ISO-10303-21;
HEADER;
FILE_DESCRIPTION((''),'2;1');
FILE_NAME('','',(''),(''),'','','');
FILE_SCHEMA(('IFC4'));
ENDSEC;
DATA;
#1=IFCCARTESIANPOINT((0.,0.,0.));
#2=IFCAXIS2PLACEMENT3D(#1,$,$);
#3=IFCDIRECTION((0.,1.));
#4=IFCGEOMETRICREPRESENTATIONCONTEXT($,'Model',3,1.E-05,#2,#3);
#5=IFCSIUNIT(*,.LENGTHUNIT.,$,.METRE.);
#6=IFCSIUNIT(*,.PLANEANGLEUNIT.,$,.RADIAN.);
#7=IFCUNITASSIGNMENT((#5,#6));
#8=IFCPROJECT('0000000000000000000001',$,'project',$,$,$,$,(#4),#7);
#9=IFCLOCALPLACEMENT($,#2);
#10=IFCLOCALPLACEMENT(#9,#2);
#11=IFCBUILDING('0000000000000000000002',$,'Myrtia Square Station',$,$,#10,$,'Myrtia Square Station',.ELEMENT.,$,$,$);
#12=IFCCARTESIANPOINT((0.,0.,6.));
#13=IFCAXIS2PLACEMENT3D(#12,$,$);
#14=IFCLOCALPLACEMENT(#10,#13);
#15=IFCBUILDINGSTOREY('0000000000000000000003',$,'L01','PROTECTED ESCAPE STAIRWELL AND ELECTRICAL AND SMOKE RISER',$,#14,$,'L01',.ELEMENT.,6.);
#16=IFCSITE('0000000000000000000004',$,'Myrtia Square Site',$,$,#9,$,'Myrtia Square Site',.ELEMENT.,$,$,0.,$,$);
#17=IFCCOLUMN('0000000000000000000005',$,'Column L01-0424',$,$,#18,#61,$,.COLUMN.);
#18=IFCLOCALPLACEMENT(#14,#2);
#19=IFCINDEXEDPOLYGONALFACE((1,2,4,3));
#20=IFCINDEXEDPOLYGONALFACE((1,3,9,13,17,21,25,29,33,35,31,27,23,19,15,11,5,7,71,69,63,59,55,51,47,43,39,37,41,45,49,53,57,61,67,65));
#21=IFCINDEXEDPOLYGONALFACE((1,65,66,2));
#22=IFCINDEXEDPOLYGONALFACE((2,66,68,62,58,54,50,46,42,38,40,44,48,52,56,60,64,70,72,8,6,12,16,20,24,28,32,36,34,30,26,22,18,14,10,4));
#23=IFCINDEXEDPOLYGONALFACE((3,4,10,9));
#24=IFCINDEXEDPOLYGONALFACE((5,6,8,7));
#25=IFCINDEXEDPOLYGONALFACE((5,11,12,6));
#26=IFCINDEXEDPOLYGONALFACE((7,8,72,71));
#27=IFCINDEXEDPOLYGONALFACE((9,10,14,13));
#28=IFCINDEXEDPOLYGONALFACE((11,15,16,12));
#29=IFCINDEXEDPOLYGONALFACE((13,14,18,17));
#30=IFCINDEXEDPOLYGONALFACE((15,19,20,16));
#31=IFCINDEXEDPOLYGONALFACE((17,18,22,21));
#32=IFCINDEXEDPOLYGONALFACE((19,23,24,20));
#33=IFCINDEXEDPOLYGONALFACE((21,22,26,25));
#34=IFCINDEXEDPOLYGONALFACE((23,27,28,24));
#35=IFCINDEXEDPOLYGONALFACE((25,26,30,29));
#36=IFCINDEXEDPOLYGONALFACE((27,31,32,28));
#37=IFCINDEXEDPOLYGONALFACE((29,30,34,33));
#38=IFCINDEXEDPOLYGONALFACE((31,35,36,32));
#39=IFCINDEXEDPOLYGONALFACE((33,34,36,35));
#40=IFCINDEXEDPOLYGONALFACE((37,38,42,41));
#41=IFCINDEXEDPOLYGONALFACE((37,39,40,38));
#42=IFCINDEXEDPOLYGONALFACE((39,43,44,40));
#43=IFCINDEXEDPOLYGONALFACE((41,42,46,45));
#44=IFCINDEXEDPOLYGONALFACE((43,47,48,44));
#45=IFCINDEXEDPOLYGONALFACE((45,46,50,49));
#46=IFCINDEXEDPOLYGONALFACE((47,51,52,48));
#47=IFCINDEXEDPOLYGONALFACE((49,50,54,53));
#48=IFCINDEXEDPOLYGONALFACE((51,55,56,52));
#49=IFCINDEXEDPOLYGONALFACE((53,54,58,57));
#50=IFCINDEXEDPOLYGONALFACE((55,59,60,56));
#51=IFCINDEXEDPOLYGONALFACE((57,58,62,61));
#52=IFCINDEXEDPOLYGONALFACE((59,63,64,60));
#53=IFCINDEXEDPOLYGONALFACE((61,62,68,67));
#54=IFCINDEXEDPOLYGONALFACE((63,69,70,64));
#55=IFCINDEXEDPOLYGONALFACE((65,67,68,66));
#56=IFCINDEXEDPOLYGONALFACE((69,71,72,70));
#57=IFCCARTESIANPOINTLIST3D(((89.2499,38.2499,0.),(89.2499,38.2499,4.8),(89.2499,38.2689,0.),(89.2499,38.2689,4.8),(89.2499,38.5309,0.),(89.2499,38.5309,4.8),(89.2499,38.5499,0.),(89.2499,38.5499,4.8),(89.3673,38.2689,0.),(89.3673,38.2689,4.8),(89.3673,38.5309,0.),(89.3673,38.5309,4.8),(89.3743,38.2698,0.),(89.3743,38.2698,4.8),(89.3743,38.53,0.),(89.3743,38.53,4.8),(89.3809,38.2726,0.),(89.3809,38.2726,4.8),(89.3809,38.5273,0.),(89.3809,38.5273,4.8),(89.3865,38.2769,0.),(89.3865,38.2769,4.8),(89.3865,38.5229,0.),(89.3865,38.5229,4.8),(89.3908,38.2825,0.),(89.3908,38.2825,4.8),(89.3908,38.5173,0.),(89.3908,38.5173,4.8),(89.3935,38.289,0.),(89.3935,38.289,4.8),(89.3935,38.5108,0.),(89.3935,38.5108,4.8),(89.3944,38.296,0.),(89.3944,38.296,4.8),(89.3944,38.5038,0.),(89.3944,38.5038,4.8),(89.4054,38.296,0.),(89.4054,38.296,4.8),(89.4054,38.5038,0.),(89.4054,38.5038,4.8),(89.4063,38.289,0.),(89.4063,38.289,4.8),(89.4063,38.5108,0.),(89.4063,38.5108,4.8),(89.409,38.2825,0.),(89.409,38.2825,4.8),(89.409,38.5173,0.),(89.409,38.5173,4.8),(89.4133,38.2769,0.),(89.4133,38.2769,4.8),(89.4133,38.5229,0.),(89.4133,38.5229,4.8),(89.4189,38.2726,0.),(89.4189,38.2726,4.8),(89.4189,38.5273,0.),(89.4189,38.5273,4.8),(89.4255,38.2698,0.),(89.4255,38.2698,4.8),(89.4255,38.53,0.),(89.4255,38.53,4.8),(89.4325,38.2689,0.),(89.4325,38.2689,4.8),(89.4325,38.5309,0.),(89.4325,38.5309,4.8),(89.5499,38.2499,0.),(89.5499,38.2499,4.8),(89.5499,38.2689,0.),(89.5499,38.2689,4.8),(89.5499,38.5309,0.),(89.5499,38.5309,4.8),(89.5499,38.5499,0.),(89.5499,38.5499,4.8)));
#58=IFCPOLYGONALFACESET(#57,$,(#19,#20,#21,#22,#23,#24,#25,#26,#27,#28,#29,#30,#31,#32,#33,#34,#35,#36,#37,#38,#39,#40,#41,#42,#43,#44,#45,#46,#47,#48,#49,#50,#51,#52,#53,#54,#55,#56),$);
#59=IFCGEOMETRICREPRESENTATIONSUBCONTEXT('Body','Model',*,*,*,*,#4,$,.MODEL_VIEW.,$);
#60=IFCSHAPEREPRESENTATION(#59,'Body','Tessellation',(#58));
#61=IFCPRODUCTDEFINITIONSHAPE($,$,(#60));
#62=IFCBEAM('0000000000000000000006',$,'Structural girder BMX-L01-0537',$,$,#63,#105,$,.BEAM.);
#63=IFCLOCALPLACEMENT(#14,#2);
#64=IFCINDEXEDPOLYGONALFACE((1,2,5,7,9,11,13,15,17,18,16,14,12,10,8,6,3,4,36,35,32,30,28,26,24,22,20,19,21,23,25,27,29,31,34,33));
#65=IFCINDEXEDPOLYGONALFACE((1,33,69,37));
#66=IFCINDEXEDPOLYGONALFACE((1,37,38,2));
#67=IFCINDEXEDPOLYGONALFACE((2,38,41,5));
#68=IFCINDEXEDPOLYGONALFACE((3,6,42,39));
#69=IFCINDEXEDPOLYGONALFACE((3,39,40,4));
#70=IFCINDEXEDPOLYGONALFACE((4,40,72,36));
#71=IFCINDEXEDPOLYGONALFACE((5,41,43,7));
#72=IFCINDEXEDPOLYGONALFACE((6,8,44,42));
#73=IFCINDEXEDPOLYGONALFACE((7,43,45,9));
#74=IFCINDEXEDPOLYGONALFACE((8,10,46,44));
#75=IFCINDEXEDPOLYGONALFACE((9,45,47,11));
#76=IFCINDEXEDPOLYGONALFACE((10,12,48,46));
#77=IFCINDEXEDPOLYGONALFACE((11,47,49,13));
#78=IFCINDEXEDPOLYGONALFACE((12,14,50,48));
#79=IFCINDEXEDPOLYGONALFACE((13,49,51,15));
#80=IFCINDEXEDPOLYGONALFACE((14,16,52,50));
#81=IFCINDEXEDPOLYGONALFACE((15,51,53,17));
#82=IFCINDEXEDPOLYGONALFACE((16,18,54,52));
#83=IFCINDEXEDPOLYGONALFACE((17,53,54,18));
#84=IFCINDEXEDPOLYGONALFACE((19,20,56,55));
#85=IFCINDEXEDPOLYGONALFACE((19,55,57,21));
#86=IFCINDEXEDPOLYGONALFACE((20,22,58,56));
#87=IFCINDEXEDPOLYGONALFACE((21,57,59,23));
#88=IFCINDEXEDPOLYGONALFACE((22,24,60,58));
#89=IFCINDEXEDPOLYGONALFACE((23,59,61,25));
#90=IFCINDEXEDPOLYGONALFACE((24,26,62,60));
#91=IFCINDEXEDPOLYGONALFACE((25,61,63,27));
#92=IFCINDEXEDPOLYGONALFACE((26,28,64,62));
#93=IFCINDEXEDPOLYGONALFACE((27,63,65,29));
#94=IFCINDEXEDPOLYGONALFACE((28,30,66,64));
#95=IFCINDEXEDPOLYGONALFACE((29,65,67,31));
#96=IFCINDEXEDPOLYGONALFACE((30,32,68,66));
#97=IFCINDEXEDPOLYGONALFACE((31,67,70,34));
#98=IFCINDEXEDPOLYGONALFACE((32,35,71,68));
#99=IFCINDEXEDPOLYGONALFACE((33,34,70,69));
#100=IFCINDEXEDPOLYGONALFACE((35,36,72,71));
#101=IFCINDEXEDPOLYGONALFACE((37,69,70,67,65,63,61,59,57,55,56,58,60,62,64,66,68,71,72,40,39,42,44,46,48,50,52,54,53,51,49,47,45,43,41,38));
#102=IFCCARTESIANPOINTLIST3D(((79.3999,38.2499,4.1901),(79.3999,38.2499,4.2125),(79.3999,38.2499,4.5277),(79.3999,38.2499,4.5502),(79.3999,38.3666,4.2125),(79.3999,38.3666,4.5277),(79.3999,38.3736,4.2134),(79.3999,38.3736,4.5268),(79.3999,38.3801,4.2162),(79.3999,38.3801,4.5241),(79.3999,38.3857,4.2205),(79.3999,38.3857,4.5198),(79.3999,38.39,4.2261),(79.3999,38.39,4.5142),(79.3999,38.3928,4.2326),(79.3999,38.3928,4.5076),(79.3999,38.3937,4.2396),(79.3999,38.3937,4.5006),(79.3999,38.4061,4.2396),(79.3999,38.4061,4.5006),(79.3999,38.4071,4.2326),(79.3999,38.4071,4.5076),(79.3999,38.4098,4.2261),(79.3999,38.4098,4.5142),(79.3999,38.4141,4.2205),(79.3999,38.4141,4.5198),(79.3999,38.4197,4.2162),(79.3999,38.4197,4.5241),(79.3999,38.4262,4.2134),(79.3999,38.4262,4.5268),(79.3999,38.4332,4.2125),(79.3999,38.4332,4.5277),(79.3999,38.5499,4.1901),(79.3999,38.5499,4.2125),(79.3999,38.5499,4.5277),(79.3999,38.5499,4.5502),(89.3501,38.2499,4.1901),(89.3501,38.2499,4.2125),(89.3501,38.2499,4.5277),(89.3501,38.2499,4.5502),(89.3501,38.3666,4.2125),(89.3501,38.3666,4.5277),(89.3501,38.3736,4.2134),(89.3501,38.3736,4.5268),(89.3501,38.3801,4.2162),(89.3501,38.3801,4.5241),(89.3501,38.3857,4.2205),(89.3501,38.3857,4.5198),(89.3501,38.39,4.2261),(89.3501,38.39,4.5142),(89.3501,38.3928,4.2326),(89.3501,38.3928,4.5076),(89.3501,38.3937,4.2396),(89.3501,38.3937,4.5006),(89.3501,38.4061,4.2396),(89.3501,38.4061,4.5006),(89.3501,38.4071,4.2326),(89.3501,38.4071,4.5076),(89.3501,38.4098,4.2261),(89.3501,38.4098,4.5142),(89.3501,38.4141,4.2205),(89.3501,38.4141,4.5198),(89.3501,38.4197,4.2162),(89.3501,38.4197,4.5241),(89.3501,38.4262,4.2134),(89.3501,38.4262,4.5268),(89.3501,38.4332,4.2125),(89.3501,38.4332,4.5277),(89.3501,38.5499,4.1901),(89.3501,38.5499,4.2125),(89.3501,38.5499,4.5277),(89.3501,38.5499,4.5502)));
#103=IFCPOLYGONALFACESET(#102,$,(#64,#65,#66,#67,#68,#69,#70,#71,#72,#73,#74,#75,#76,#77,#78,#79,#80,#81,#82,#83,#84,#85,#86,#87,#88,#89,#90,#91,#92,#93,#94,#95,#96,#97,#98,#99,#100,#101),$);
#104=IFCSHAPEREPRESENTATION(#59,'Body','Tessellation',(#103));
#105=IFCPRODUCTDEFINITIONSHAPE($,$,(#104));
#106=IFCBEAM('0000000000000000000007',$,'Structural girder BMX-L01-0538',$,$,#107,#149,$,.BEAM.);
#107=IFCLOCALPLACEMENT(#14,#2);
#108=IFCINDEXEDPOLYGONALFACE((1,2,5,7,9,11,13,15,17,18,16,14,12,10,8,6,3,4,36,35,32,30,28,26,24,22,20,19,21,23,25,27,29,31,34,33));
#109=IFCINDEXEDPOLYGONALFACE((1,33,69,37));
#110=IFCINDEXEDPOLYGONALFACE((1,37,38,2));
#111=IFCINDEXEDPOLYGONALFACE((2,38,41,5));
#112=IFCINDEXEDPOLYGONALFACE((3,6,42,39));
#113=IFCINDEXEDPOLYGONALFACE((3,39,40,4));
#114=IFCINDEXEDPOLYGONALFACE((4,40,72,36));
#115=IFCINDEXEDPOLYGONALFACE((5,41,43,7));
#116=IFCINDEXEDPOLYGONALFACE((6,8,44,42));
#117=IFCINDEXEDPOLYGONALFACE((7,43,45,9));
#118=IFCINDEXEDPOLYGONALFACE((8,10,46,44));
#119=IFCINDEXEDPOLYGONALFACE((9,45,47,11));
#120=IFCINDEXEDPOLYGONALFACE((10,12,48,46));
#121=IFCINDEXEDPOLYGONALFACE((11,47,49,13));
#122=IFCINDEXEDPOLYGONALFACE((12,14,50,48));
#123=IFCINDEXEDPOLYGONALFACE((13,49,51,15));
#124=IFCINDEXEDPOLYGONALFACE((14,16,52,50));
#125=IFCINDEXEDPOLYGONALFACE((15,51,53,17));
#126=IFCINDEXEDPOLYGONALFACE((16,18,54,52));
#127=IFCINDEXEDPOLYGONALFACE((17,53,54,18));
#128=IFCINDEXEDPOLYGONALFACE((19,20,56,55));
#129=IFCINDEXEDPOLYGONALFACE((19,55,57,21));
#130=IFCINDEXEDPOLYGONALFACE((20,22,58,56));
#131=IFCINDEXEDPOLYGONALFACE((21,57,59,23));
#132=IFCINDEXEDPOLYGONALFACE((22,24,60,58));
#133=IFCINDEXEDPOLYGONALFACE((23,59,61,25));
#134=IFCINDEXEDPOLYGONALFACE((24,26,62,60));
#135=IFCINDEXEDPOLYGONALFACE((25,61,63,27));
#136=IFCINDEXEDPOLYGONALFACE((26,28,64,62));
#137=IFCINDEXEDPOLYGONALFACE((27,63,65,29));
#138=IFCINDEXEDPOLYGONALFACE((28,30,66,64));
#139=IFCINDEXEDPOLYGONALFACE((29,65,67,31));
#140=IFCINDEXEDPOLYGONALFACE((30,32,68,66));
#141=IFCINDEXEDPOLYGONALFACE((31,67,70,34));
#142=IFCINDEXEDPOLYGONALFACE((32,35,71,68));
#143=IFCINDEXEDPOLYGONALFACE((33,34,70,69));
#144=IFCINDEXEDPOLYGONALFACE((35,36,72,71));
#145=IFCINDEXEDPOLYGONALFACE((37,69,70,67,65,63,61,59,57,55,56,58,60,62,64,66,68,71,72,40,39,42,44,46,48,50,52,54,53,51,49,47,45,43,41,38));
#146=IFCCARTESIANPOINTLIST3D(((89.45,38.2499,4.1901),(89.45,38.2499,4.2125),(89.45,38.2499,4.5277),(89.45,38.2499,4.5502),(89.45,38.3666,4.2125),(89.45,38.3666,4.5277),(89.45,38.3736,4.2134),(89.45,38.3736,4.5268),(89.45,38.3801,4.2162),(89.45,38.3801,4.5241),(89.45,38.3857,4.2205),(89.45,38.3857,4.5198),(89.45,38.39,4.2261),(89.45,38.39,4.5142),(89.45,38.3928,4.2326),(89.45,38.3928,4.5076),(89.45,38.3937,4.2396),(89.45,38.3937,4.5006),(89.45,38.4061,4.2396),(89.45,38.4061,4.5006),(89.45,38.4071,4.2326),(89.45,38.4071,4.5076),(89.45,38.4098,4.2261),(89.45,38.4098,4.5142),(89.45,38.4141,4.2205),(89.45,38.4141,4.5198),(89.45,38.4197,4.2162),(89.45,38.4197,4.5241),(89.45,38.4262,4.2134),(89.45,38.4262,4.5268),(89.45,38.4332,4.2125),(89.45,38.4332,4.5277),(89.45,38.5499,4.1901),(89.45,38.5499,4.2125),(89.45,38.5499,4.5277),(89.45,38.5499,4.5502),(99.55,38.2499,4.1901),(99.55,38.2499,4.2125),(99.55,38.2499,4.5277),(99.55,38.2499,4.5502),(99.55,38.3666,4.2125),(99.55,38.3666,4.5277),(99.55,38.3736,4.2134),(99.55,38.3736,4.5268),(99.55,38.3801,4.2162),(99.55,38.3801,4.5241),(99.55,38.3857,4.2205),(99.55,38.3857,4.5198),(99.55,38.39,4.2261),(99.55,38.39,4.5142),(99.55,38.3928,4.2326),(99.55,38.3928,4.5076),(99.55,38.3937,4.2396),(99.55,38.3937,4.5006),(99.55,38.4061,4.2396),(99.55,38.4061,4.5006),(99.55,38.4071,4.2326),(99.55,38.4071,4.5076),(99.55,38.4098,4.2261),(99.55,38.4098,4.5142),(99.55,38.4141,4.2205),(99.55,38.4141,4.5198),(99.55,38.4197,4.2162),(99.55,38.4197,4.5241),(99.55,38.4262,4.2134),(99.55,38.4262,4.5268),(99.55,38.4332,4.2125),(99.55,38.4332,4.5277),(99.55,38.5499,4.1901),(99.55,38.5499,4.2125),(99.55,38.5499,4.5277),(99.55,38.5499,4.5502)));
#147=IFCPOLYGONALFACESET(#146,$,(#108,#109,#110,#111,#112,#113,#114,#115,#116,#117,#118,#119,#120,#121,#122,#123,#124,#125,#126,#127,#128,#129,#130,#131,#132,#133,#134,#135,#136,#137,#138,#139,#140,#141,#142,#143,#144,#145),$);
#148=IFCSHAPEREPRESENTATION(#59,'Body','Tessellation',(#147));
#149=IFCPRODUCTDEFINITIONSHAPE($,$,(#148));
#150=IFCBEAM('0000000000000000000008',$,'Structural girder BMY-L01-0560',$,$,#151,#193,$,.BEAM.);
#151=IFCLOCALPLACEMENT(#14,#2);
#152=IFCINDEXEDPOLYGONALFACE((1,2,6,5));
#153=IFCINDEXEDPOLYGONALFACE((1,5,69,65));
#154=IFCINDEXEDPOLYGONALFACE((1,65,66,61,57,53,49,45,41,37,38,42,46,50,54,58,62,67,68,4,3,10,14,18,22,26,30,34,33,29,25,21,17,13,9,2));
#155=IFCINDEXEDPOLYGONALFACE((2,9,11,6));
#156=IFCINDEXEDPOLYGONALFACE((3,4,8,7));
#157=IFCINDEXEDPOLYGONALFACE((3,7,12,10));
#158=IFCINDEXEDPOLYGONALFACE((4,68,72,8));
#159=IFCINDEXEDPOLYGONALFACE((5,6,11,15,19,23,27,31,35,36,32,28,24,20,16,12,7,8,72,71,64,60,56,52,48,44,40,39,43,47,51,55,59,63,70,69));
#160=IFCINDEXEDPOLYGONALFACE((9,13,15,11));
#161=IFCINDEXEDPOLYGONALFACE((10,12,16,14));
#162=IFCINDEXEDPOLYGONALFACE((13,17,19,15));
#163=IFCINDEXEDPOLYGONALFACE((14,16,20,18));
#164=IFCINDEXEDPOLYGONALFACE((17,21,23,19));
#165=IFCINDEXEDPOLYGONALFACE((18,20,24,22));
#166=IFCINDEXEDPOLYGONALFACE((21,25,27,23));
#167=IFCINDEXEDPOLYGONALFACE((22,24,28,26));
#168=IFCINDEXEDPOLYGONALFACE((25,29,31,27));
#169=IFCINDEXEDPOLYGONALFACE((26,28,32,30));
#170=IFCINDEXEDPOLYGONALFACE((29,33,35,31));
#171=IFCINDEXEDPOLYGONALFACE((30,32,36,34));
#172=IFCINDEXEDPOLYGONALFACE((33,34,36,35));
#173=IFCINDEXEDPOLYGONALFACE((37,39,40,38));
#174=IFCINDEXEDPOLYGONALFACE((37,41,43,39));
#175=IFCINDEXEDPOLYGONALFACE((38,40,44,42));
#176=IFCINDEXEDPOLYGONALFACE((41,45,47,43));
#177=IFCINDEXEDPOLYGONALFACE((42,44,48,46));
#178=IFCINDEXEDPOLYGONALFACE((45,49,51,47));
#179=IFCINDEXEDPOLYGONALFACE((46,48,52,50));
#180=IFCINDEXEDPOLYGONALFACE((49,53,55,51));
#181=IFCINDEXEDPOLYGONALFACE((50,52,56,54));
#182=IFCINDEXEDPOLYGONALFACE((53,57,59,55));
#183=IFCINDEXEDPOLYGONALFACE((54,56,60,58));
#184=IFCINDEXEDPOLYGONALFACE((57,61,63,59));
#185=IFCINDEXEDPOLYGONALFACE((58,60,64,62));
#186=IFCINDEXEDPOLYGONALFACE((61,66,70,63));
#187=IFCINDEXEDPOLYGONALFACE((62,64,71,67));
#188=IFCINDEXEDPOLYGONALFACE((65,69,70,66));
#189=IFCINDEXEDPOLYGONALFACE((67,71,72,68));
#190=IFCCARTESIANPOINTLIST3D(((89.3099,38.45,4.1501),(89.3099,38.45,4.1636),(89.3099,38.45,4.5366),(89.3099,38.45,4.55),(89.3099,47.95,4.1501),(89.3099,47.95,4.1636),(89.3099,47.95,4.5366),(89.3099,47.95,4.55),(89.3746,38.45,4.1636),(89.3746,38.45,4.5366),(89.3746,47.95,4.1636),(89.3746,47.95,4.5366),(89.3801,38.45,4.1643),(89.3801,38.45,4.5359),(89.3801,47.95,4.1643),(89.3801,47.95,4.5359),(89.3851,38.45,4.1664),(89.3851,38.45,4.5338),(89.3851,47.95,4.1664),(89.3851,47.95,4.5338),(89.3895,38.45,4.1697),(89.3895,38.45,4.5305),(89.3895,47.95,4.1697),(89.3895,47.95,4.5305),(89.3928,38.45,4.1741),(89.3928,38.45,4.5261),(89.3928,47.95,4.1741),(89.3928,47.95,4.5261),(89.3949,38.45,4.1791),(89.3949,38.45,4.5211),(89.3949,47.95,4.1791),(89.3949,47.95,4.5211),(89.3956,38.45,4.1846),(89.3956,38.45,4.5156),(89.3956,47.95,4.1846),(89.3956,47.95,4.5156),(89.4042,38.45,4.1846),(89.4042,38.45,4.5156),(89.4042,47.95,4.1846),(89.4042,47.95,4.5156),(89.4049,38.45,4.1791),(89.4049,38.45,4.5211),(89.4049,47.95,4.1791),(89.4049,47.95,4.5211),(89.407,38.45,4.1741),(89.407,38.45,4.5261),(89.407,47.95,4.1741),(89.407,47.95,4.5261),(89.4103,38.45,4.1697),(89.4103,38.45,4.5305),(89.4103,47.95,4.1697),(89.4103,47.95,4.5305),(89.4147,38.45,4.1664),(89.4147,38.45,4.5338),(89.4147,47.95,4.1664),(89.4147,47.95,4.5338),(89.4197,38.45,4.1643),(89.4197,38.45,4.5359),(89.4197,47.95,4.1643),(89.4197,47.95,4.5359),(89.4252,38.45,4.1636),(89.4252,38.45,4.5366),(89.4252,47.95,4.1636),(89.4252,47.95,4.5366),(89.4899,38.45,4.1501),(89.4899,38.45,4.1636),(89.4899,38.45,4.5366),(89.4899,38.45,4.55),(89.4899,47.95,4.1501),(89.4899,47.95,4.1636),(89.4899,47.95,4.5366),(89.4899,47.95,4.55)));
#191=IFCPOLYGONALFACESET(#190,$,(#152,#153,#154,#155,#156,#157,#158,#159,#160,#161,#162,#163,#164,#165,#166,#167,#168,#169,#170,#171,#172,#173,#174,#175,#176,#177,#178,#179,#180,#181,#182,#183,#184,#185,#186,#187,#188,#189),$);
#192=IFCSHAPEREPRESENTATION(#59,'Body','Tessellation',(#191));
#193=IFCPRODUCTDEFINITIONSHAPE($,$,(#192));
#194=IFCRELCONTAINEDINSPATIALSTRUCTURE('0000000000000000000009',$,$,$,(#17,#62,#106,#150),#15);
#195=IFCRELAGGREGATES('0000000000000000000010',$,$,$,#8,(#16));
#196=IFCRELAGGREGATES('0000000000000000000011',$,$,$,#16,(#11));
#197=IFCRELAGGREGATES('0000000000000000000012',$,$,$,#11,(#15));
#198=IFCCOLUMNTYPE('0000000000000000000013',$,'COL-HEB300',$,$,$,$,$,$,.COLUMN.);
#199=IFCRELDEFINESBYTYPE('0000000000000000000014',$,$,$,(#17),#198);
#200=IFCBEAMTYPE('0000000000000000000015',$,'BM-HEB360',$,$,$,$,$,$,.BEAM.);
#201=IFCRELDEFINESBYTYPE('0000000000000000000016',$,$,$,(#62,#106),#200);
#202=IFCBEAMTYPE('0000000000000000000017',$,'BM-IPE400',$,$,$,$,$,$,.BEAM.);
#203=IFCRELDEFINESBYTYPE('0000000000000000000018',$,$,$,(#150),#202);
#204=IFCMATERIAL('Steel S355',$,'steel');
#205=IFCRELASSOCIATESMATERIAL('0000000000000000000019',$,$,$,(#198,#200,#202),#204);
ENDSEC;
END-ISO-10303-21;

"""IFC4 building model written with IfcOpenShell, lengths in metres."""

from ifc_helpers import new_model, si_unit, direction, frame, origin, origin_2d, place, context, subcontext, project, spatial, i_section, extrude, material, material_profile, profile_set, type_object, element, save


model = new_model("IFC4")

# Units and contexts
model_context = context("Model", 3, precision=1e-05, world=origin(), true_north=direction((0.0, 1.0)))
body_context = subcontext(model_context, "Body", "Model", "MODEL_VIEW")
ifc_project = project(units=[si_unit("LENGTHUNIT", "METRE"), si_unit("PLANEANGLEUNIT", "RADIAN")], contexts=[model_context])

# Site, building, storey
site_placement = place(None, origin())
site = spatial("IfcSite", under=ifc_project, at=site_placement, Name="Myrtia Square Site", LongName="Myrtia Square Site", CompositionType="ELEMENT", RefElevation=0.0)
building_placement = place(site_placement, origin())
building = spatial("IfcBuilding", under=site, at=building_placement, Name="Myrtia Square Station", LongName="Myrtia Square Station", CompositionType="ELEMENT")
storey_placement = place(building_placement, frame((0.0, 0.0, 6.0)))
storey = spatial("IfcBuildingStorey", under=building, at=storey_placement, Name="L01", Description="PROTECTED ESCAPE STAIRWELL AND ELECTRICAL AND SMOKE RISER", LongName="L01", CompositionType="ELEMENT", Elevation=6.0)

# Column
ifc_material_1 = material(Name="Steel S355", Category="steel")
ifc_material_profile_1 = material_profile(ifc_material_1, i_section(OverallWidth=0.3, OverallDepth=0.3, WebThickness=0.011, FlangeThickness=0.019, FilletRadius=0.0271, at=origin_2d()), Name="HEB 300")
ifc_profile_set_1 = profile_set([ifc_material_profile_1], Name="Steel S355")
column_type = type_object("IfcColumnType", Name="COL-HEB300", PredefinedType="COLUMN", material=ifc_profile_set_1)
column_placement = place(storey_placement, frame((89.3999, 38.3999, 0.0), z_axis=(0.0, 0.0, 1.0), x_axis=(1.0, 0.0, 0.0)))
element("IfcColumn", 1, at=column_placement, inside=storey, type_object=column_type, Name="Column L01-0424", PredefinedType="COLUMN", context=body_context, shape_type="SweptSolid", body=[
    extrude(i_section(OverallWidth=0.3, OverallDepth=0.3, WebThickness=0.011, FlangeThickness=0.019, FilletRadius=0.0271, at=origin_2d()), origin(), (0.0, 0.0, 1.0), 4.8),
])

# Beams
ifc_material_profile_2 = material_profile(ifc_material_1, i_section(OverallWidth=0.3, OverallDepth=0.3601, WebThickness=0.0125, FlangeThickness=0.0225, FilletRadius=0.0271, at=origin_2d()), Name="HEB 360")
ifc_profile_set_2 = profile_set([ifc_material_profile_2], Name="Steel S355")
beam_type_1 = type_object("IfcBeamType", Name="BM-HEB360", PredefinedType="BEAM", material=ifc_profile_set_2)
beam_1_placement = place(storey_placement, frame((79.3999, 38.3999, 4.3701), z_axis=(1.0, 0.0, 0.0), x_axis=(0.0, 1.0, 0.0)))
element("IfcBeam", 2, at=beam_1_placement, inside=storey, type_object=beam_type_1, Name="Structural girder BMX-L01-0537", PredefinedType="BEAM", context=body_context, shape_type="SweptSolid", body=[
    extrude(i_section(OverallWidth=0.3, OverallDepth=0.3601, WebThickness=0.0125, FlangeThickness=0.0225, FilletRadius=0.0271, at=origin_2d()), origin(), (0.0, 0.0, 1.0), 9.9502),
])
beam_2_placement = place(storey_placement, frame((89.45, 38.3999, 4.3701), z_axis=(1.0, 0.0, 0.0), x_axis=(0.0, 1.0, 0.0)))
element("IfcBeam", 3, at=beam_2_placement, inside=storey, type_object=beam_type_1, Name="Structural girder BMX-L01-0538", PredefinedType="BEAM", context=body_context, shape_type="SweptSolid", body=[
    extrude(i_section(OverallWidth=0.3, OverallDepth=0.3601, WebThickness=0.0125, FlangeThickness=0.0225, FilletRadius=0.0271, at=origin_2d()), origin(), (0.0, 0.0, 1.0), 10.1001),
])
ifc_material_profile_3 = material_profile(ifc_material_1, i_section(OverallWidth=0.1799, OverallDepth=0.3999, WebThickness=0.0085, FlangeThickness=0.0134, FilletRadius=0.021, at=origin_2d()), Name="IPE 400")
ifc_profile_set_3 = profile_set([ifc_material_profile_3], Name="Steel S355")
beam_type_2 = type_object("IfcBeamType", Name="BM-IPE400", PredefinedType="BEAM", material=ifc_profile_set_3)
beam_3_placement = place(storey_placement, frame((89.3999, 38.45, 4.3501), z_axis=(0.0, 1.0, 0.0), x_axis=(-1.0, 0.0, 0.0)))
element("IfcBeam", 4, at=beam_3_placement, inside=storey, type_object=beam_type_2, Name="Structural girder BMY-L01-0560", PredefinedType="BEAM", context=body_context, shape_type="SweptSolid", body=[
    extrude(i_section(OverallWidth=0.1799, OverallDepth=0.3999, WebThickness=0.0085, FlangeThickness=0.0134, FilletRadius=0.021, at=origin_2d()), origin(), (0.0, 0.0, 1.0), 9.5),
])

save(model, "model.ifc")
